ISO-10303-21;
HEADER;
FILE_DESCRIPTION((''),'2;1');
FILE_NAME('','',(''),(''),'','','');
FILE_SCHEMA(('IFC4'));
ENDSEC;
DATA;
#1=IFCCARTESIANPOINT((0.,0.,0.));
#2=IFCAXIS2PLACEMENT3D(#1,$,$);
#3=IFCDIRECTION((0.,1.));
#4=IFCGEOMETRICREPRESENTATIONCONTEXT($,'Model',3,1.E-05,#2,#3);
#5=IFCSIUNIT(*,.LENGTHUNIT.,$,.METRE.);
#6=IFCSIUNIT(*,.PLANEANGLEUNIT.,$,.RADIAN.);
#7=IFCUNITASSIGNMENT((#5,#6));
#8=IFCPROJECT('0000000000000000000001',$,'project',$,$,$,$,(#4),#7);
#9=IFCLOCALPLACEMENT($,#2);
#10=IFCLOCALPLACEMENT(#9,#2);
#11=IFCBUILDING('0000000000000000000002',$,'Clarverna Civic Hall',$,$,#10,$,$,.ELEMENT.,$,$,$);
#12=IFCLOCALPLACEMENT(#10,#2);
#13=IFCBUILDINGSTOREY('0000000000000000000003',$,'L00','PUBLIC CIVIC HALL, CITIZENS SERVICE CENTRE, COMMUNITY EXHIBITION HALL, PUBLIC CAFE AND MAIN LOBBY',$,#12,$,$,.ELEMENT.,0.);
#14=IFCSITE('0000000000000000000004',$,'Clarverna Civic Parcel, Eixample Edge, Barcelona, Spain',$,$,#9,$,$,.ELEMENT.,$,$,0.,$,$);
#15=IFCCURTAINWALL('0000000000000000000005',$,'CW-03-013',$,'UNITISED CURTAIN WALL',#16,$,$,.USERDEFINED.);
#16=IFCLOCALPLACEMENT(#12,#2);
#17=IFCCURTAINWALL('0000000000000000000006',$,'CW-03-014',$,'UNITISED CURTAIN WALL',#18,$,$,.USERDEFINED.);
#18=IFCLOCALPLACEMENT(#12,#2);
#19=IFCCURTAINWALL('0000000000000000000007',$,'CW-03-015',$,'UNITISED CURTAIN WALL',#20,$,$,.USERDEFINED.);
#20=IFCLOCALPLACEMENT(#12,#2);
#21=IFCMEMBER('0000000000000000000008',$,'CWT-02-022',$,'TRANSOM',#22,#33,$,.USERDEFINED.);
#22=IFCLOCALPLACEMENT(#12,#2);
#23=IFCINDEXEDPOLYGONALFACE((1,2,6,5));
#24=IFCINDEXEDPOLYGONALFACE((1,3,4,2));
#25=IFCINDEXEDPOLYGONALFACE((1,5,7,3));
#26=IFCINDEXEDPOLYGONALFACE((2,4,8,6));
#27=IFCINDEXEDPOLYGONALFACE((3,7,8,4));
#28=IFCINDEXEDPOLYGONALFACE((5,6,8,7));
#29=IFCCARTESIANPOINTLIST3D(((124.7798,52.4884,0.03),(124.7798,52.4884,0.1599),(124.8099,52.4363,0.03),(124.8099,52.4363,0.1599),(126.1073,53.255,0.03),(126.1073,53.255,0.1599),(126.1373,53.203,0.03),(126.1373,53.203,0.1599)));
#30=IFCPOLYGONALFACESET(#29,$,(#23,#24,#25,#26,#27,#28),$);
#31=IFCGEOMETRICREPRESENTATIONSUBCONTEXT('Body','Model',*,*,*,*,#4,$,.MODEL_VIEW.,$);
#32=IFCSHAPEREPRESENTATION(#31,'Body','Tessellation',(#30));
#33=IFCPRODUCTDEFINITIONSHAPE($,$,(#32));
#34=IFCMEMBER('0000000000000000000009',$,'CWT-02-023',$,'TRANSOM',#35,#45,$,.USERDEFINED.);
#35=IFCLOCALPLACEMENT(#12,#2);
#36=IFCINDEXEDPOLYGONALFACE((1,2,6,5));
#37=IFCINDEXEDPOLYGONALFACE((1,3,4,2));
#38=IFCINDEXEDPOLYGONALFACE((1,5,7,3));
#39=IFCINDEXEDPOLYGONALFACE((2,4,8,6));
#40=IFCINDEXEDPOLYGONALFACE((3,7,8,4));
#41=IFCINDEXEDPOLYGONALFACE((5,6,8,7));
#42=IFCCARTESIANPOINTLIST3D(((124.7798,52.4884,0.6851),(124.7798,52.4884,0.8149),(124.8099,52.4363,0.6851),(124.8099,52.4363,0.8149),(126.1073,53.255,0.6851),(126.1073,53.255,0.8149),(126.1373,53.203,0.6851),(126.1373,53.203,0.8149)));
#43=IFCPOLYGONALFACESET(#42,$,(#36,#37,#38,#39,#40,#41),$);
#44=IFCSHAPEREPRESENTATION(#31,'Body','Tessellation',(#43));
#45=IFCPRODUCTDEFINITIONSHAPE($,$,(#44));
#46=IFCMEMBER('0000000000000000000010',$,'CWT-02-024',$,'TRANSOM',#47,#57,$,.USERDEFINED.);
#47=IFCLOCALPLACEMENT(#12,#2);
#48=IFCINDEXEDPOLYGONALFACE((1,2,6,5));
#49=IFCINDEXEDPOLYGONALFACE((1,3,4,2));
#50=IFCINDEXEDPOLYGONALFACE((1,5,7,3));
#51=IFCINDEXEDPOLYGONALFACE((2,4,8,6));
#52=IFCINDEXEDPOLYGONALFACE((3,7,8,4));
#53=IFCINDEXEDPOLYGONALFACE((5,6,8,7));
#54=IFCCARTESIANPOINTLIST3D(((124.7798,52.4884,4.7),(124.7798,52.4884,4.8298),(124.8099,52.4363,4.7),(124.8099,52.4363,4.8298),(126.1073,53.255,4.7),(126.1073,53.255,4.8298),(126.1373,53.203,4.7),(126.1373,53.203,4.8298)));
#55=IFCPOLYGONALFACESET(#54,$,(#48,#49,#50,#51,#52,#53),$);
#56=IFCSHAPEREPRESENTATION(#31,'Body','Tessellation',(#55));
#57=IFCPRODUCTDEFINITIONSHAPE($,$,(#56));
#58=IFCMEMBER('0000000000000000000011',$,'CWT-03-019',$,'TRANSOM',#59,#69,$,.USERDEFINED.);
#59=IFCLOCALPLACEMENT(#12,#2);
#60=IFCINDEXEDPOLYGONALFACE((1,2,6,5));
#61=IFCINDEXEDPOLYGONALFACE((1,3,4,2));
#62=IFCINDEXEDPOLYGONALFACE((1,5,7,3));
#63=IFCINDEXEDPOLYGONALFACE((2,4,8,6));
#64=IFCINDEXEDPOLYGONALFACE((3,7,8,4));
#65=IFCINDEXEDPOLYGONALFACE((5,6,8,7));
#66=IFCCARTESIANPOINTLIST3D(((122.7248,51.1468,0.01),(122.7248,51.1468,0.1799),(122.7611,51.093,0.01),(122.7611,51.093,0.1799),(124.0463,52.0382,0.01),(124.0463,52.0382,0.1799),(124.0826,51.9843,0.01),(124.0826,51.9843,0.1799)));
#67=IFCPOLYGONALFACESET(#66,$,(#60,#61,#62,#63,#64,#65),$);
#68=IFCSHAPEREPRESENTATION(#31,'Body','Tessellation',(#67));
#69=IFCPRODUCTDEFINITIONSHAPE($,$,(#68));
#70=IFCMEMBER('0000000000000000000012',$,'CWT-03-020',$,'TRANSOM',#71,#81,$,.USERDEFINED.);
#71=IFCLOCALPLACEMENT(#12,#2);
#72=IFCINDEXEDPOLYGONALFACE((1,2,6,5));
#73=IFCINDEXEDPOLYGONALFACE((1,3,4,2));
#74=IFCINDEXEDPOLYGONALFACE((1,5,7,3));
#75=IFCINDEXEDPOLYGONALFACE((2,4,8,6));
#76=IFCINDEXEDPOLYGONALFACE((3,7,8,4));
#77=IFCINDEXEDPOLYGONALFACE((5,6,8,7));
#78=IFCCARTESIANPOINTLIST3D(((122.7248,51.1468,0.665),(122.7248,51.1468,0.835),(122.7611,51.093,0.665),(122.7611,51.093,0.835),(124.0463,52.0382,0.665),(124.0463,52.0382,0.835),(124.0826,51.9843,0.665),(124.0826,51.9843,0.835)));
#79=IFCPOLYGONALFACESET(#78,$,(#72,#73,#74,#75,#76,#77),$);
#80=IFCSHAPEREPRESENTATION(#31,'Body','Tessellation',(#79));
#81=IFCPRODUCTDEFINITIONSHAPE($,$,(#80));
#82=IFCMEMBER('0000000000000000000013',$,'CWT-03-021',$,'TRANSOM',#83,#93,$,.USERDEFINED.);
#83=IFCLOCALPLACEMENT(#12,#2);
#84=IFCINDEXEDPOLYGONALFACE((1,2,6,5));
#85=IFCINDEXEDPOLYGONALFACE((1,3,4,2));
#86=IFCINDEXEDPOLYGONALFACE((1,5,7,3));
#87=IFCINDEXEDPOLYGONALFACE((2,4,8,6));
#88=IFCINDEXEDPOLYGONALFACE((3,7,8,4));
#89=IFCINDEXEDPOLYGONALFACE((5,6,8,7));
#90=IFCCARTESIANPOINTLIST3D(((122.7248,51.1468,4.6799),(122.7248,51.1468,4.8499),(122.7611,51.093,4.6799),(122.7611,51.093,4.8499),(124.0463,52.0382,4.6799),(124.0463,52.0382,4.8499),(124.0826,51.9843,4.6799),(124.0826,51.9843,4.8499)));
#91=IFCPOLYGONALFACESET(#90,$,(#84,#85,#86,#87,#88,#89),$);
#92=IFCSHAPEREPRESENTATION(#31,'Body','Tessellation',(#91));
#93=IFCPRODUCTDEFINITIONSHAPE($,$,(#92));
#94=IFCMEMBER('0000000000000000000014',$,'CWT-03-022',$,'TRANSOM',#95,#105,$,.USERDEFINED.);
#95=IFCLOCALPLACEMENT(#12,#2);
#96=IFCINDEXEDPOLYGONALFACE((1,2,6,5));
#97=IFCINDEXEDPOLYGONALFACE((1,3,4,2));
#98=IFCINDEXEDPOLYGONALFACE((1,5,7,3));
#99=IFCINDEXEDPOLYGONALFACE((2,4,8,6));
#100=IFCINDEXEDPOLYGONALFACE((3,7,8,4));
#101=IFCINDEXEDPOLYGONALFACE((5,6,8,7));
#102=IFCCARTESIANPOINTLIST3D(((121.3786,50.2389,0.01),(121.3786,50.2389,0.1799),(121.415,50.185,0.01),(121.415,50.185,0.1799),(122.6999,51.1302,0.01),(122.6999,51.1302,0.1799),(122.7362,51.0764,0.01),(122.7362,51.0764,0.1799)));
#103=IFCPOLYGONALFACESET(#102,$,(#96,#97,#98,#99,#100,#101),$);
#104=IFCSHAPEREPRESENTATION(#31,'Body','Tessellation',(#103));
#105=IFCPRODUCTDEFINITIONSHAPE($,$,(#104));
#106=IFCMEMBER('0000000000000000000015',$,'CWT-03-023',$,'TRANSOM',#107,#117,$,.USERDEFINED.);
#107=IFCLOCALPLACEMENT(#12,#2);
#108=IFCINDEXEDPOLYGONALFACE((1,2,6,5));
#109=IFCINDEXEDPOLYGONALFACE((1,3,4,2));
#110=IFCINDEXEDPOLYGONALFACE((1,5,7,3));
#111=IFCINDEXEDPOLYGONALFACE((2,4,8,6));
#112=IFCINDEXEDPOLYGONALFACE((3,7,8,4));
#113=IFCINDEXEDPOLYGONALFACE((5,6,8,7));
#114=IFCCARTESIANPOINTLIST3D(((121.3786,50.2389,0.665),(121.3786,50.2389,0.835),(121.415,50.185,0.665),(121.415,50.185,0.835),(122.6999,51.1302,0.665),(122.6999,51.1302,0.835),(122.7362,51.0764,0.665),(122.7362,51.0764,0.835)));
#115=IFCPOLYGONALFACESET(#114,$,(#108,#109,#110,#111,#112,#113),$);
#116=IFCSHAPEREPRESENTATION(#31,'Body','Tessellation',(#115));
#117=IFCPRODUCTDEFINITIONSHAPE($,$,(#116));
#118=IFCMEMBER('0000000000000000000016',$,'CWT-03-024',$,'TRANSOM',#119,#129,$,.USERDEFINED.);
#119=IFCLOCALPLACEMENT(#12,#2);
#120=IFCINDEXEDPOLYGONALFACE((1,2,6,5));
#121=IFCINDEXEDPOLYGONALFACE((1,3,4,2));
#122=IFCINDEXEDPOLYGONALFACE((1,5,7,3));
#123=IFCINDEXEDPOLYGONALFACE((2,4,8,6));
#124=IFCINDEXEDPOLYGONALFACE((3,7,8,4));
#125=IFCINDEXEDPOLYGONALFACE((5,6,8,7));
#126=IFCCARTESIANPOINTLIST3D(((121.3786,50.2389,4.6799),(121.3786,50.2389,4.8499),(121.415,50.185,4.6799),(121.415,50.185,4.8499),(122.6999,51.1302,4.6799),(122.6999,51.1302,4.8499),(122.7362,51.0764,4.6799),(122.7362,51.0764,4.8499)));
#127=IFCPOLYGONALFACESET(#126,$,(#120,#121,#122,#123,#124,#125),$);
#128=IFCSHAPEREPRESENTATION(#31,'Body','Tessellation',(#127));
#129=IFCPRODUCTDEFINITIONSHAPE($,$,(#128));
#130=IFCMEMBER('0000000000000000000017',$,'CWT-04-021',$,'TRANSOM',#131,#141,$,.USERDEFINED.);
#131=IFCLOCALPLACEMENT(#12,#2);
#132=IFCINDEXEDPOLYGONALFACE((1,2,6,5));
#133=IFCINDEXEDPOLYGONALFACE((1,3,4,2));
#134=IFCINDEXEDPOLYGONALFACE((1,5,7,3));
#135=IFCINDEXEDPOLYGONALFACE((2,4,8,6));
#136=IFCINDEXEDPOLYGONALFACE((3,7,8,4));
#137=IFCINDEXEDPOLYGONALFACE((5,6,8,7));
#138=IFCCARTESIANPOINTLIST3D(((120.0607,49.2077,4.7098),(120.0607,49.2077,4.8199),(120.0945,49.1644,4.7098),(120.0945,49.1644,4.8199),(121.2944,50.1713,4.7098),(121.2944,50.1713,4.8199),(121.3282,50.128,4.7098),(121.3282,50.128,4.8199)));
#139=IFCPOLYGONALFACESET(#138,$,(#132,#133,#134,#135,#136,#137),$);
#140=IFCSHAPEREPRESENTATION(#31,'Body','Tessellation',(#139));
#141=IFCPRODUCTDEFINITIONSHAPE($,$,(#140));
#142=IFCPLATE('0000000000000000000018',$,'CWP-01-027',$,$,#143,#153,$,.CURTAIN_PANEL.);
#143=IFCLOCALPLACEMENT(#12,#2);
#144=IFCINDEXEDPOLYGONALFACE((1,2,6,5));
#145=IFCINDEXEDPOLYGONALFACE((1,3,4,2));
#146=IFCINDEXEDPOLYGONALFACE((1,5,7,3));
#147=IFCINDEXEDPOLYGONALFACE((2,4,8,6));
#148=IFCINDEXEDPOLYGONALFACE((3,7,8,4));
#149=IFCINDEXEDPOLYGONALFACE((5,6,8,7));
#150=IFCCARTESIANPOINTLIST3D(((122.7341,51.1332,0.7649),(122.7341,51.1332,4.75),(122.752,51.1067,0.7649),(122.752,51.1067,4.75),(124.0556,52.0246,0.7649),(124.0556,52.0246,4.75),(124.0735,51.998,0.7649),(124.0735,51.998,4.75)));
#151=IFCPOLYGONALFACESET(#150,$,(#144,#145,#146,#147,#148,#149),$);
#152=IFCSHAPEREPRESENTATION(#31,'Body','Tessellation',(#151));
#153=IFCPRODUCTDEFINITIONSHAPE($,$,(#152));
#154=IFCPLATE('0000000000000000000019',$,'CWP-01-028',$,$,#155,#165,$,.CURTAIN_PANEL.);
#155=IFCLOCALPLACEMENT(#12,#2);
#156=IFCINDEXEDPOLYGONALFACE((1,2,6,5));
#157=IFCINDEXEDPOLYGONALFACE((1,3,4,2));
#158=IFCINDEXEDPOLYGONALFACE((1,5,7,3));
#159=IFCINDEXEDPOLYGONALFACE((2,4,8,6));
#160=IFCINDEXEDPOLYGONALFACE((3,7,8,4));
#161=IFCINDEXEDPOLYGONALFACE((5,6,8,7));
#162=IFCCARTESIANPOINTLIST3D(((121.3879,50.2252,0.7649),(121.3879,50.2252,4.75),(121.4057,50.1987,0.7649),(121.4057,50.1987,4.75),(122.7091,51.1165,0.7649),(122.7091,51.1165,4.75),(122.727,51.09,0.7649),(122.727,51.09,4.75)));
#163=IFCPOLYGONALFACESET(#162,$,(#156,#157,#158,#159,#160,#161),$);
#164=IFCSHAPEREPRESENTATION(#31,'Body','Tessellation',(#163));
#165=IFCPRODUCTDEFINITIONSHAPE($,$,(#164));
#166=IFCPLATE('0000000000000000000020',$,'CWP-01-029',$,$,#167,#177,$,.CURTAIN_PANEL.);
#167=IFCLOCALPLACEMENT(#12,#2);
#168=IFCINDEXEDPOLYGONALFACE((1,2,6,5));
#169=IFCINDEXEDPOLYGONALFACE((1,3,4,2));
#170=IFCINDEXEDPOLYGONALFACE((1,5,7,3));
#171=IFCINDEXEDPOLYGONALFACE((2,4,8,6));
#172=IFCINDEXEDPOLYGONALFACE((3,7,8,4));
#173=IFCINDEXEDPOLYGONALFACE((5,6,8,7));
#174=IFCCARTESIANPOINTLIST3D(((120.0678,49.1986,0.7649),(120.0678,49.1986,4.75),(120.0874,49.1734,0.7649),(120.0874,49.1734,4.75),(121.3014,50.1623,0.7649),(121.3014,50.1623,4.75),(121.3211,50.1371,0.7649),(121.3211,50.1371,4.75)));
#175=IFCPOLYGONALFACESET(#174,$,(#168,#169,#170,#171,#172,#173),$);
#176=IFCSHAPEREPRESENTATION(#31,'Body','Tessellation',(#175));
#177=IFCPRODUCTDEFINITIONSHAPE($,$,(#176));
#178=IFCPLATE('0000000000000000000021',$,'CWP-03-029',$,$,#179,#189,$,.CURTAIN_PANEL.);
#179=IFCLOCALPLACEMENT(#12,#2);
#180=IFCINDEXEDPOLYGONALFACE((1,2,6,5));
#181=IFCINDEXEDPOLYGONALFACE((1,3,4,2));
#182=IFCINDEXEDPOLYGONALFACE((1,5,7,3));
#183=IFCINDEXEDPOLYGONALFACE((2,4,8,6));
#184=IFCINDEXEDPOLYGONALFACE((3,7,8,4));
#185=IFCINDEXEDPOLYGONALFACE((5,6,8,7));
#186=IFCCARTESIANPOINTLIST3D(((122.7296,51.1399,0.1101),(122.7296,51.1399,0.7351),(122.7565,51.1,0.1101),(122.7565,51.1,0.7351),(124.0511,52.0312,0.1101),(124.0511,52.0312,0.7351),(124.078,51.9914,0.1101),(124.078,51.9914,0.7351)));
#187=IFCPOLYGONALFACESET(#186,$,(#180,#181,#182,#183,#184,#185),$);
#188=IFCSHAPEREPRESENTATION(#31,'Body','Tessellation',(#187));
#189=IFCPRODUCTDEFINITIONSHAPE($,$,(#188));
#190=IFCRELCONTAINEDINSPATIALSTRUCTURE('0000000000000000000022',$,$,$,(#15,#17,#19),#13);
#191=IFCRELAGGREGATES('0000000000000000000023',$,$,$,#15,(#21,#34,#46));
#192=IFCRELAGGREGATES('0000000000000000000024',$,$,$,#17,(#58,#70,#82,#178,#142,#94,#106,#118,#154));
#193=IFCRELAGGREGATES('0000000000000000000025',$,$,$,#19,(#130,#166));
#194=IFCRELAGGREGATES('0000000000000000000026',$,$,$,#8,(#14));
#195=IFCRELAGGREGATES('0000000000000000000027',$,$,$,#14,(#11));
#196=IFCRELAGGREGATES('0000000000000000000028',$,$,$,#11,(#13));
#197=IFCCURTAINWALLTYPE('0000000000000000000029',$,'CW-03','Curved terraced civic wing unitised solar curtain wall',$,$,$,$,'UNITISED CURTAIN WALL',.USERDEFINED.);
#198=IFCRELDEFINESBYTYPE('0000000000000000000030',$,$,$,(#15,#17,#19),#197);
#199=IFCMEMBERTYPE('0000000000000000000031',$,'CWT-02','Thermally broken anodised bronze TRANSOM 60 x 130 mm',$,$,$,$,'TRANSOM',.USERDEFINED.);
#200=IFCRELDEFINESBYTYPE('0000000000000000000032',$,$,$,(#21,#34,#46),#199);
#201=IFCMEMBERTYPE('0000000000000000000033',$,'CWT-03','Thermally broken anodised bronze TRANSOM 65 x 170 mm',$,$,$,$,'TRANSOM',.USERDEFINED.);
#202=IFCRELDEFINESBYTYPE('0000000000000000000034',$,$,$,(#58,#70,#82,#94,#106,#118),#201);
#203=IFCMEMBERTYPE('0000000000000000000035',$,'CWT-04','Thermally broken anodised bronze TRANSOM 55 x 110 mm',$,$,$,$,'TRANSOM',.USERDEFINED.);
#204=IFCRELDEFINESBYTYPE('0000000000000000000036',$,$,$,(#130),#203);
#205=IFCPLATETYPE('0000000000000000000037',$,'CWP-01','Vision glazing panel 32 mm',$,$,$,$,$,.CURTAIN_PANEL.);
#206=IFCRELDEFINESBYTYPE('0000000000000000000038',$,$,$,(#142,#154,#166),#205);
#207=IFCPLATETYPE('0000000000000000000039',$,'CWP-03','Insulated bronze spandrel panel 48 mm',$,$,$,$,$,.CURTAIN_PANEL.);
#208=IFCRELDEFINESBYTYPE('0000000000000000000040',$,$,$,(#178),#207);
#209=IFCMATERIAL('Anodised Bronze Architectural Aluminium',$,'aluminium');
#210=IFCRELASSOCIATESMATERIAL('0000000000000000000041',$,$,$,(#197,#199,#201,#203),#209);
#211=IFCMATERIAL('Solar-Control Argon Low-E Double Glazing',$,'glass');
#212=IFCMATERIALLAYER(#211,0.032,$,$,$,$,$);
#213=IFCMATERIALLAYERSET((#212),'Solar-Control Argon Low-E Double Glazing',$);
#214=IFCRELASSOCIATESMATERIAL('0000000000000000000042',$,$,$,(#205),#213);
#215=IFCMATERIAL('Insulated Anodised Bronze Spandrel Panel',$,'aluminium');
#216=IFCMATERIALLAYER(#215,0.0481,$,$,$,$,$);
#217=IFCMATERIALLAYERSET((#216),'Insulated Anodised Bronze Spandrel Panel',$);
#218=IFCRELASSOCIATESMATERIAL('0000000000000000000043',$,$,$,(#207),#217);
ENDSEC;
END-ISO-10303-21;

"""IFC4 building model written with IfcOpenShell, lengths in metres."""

from ifc_helpers import new_model, si_unit, direction, frame, frame_2d, origin, origin_2d, place, context, subcontext, project, spatial, rectangle, extrude, material, layer, layer_set, material_profile, profile_set, type_object, element, aggregate, save


model = new_model("IFC4")

# Units and contexts
model_context = context("Model", 3, precision=1e-05, world=origin(), true_north=direction((0.0, 1.0)))
body_context = subcontext(model_context, "Body", "Model", "MODEL_VIEW")
ifc_project = project(units=[si_unit("LENGTHUNIT", "METRE"), si_unit("PLANEANGLEUNIT", "RADIAN")], contexts=[model_context])

# Site, building, storey
site_placement = place(None, origin())
site = spatial("IfcSite", under=ifc_project, at=site_placement, Name="Clarverna Civic Parcel, Eixample Edge, Barcelona, Spain", CompositionType="ELEMENT", RefElevation=0.0)
building_placement = place(site_placement, origin())
building = spatial("IfcBuilding", under=site, at=building_placement, Name="Clarverna Civic Hall", CompositionType="ELEMENT")
storey_placement = place(building_placement, origin())
storey = spatial("IfcBuildingStorey", under=building, at=storey_placement, Name="L00", Description="PUBLIC CIVIC HALL, CITIZENS SERVICE CENTRE, COMMUNITY EXHIBITION HALL, PUBLIC CAFE AND MAIN LOBBY", CompositionType="ELEMENT", Elevation=0.0)

# Curtain wall
ifc_material_1 = material(Name="Anodised Bronze Architectural Aluminium", Category="aluminium")
curtain_wall_type = type_object("IfcCurtainWallType", Name="CW-03", Description="Curved terraced civic wing unitised solar curtain wall", ElementType="UNITISED CURTAIN WALL", PredefinedType="USERDEFINED", material=ifc_material_1)
curtain_wall_1_placement = place(storey_placement, origin())
curtain_wall_1 = element("IfcCurtainWall", 1, at=curtain_wall_1_placement, inside=storey, type_object=curtain_wall_type, Name="CW-03-013", ObjectType="UNITISED CURTAIN WALL", PredefinedType="USERDEFINED")

# Curtain wall
curtain_wall_2_placement = place(storey_placement, origin())
curtain_wall_2 = element("IfcCurtainWall", 2, at=curtain_wall_2_placement, inside=storey, type_object=curtain_wall_type, Name="CW-03-014", ObjectType="UNITISED CURTAIN WALL", PredefinedType="USERDEFINED")

# Curtain wall
curtain_wall_3_placement = place(storey_placement, origin())
curtain_wall_3 = element("IfcCurtainWall", 3, at=curtain_wall_3_placement, inside=storey, type_object=curtain_wall_type, Name="CW-03-015", ObjectType="UNITISED CURTAIN WALL", PredefinedType="USERDEFINED")

# Members
ifc_material_profile_1 = material_profile(ifc_material_1, rectangle(XDim=0.0601, YDim=0.1299, at=origin_2d()), Name="BRONZE 60x130")
ifc_profile_set_1 = profile_set([ifc_material_profile_1], Name="Anodised Bronze Architectural Aluminium")
member_type_1 = type_object("IfcMemberType", Name="CWT-02", Description="Thermally broken anodised bronze TRANSOM 60 x 130 mm", ElementType="TRANSOM", PredefinedType="USERDEFINED", material=ifc_profile_set_1)
member_1_placement = place(storey_placement, frame((126.1223, 53.229, 0.095), z_axis=(-0.86596, -0.500113, 0.0), x_axis=(0.500113, -0.86596, 0.0)))
member_1 = element("IfcMember", 4, at=member_1_placement, type_object=member_type_1, Name="CWT-02-022", ObjectType="TRANSOM", PredefinedType="USERDEFINED", context=body_context, shape_type="SweptSolid", body=[
    extrude(rectangle(XDim=0.0601, YDim=0.1299, at=origin_2d()), origin(), (0.0, 0.0, 1.0), 1.533),
])
member_2_placement = place(storey_placement, frame((126.1223, 53.229, 0.75), z_axis=(-0.86596, -0.500113, 0.0), x_axis=(0.500113, -0.86596, 0.0)))
member_2 = element("IfcMember", 5, at=member_2_placement, type_object=member_type_1, Name="CWT-02-023", ObjectType="TRANSOM", PredefinedType="USERDEFINED", context=body_context, shape_type="SweptSolid", body=[
    extrude(rectangle(XDim=0.0601, YDim=0.1299, at=origin_2d()), origin(), (0.0, 0.0, 1.0), 1.533),
])
member_3_placement = place(storey_placement, frame((126.1223, 53.229, 4.7649), z_axis=(-0.86596, -0.500113, 0.0), x_axis=(0.500113, -0.86596, 0.0)))
member_3 = element("IfcMember", 6, at=member_3_placement, type_object=member_type_1, Name="CWT-02-024", ObjectType="TRANSOM", PredefinedType="USERDEFINED", context=body_context, shape_type="SweptSolid", body=[
    extrude(rectangle(XDim=0.0601, YDim=0.1299, at=origin_2d()), origin(), (0.0, 0.0, 1.0), 1.533),
])
aggregate(curtain_wall_1, [member_1, member_2, member_3])
ifc_material_profile_2 = material_profile(ifc_material_1, rectangle(XDim=0.0649, YDim=0.1699, at=origin_2d()), Name="BRONZE 65x170")
ifc_profile_set_2 = profile_set([ifc_material_profile_2], Name="Anodised Bronze Architectural Aluminium")
member_type_2 = type_object("IfcMemberType", Name="CWT-03", Description="Thermally broken anodised bronze TRANSOM 65 x 170 mm", ElementType="TRANSOM", PredefinedType="USERDEFINED", material=ifc_profile_set_2)
member_4_placement = place(storey_placement, frame((124.0645, 52.0112, 0.095), z_axis=(-0.829046, -0.559181, 0.0), x_axis=(0.559181, -0.829046, 0.0)))
member_4 = element("IfcMember", 7, at=member_4_placement, type_object=member_type_2, Name="CWT-03-019", ObjectType="TRANSOM", PredefinedType="USERDEFINED", context=body_context, shape_type="SweptSolid", body=[
    extrude(rectangle(XDim=0.0649, YDim=0.1699, at=origin_2d()), origin(), (0.0, 0.0, 1.0), 1.594),
])
member_5_placement = place(storey_placement, frame((124.0645, 52.0112, 0.75), z_axis=(-0.829046, -0.559181, 0.0), x_axis=(0.559181, -0.829046, 0.0)))
member_5 = element("IfcMember", 8, at=member_5_placement, type_object=member_type_2, Name="CWT-03-020", ObjectType="TRANSOM", PredefinedType="USERDEFINED", context=body_context, shape_type="SweptSolid", body=[
    extrude(rectangle(XDim=0.0649, YDim=0.1699, at=origin_2d()), origin(), (0.0, 0.0, 1.0), 1.594),
])
member_6_placement = place(storey_placement, frame((124.0645, 52.0112, 4.7649), z_axis=(-0.829046, -0.559181, 0.0), x_axis=(0.559181, -0.829046, 0.0)))
member_6 = element("IfcMember", 9, at=member_6_placement, type_object=member_type_2, Name="CWT-03-021", ObjectType="TRANSOM", PredefinedType="USERDEFINED", context=body_context, shape_type="SweptSolid", body=[
    extrude(rectangle(XDim=0.0649, YDim=0.1699, at=origin_2d()), origin(), (0.0, 0.0, 1.0), 1.594),
])
member_7_placement = place(storey_placement, frame((122.718, 51.1033, 0.095), z_axis=(-0.828998, -0.559252, 0.0), x_axis=(0.559252, -0.828998, 0.0)))
member_7 = element("IfcMember", 10, at=member_7_placement, type_object=member_type_2, Name="CWT-03-022", ObjectType="TRANSOM", PredefinedType="USERDEFINED", context=body_context, shape_type="SweptSolid", body=[
    extrude(rectangle(XDim=0.0649, YDim=0.1699, at=origin_2d()), origin(), (0.0, 0.0, 1.0), 1.5938),
])
member_8_placement = place(storey_placement, frame((122.718, 51.1033, 0.75), z_axis=(-0.828998, -0.559252, 0.0), x_axis=(0.559252, -0.828998, 0.0)))
member_8 = element("IfcMember", 11, at=member_8_placement, type_object=member_type_2, Name="CWT-03-023", ObjectType="TRANSOM", PredefinedType="USERDEFINED", context=body_context, shape_type="SweptSolid", body=[
    extrude(rectangle(XDim=0.0649, YDim=0.1699, at=origin_2d()), origin(), (0.0, 0.0, 1.0), 1.5938),
])
member_9_placement = place(storey_placement, frame((122.718, 51.1033, 4.7649), z_axis=(-0.828998, -0.559252, 0.0), x_axis=(0.559252, -0.828998, 0.0)))
member_9 = element("IfcMember", 12, at=member_9_placement, type_object=member_type_2, Name="CWT-03-024", ObjectType="TRANSOM", PredefinedType="USERDEFINED", context=body_context, shape_type="SweptSolid", body=[
    extrude(rectangle(XDim=0.0649, YDim=0.1699, at=origin_2d()), origin(), (0.0, 0.0, 1.0), 1.5938),
])
ifc_material_profile_3 = material_profile(ifc_material_1, rectangle(XDim=0.0549, YDim=0.1101, at=origin_2d()), Name="BRONZE 55x110")
ifc_profile_set_3 = profile_set([ifc_material_profile_3], Name="Anodised Bronze Architectural Aluminium")
member_type_3 = type_object("IfcMemberType", Name="CWT-04", Description="Thermally broken anodised bronze TRANSOM 55 x 110 mm", ElementType="TRANSOM", PredefinedType="USERDEFINED", material=ifc_profile_set_3)
member_10_placement = place(storey_placement, frame((121.3113, 50.1497, 4.7649), z_axis=(-0.788074, -0.61558, 0.0), x_axis=(0.61558, -0.788074, 0.0)))
member_10 = element("IfcMember", 13, at=member_10_placement, type_object=member_type_3, Name="CWT-04-021", ObjectType="TRANSOM", PredefinedType="USERDEFINED", context=body_context, shape_type="SweptSolid", body=[
    extrude(rectangle(XDim=0.0549, YDim=0.1101, at=origin_2d()), origin(), (0.0, 0.0, 1.0), 1.5654),
])

# Plates
ifc_material_2 = material(Name="Solar-Control Argon Low-E Double Glazing", Category="glass")
ifc_layer_1 = layer(ifc_material_2, 0.032)
ifc_layer_set_1 = layer_set([ifc_layer_1], Name="Solar-Control Argon Low-E Double Glazing")
plate_type_1 = type_object("IfcPlateType", Name="CWP-01", Description="Vision glazing panel 32 mm", PredefinedType="CURTAIN_PANEL", material=ifc_layer_set_1)
plate_1_placement = place(storey_placement, frame((124.0645, 52.0112, 0.7649), z_axis=(0.0, 0.0, 1.0), x_axis=(-0.829046, -0.559181, 0.0)))
plate_1 = element("IfcPlate", 14, at=plate_1_placement, type_object=plate_type_1, Name="CWP-01-027", PredefinedType="CURTAIN_PANEL", context=body_context, shape_type="SweptSolid", body=[
    extrude(rectangle(XDim=1.594, YDim=0.032, at=frame_2d((0.7969, 0.0))), origin(), (0.0, 0.0, 1.0), 3.9851),
])
plate_2_placement = place(storey_placement, frame((122.718, 51.1033, 0.7649), z_axis=(0.0, 0.0, 1.0), x_axis=(-0.828998, -0.559252, 0.0)))
plate_2 = element("IfcPlate", 15, at=plate_2_placement, type_object=plate_type_1, Name="CWP-01-028", PredefinedType="CURTAIN_PANEL", context=body_context, shape_type="SweptSolid", body=[
    extrude(rectangle(XDim=1.5938, YDim=0.032, at=frame_2d((0.7969, 0.0))), origin(), (0.0, 0.0, 1.0), 3.9851),
])
plate_3_placement = place(storey_placement, frame((121.3113, 50.1497, 0.7649), z_axis=(0.0, 0.0, 1.0), x_axis=(-0.788074, -0.61558, 0.0)))
plate_3 = element("IfcPlate", 16, at=plate_3_placement, type_object=plate_type_1, Name="CWP-01-029", PredefinedType="CURTAIN_PANEL", context=body_context, shape_type="SweptSolid", body=[
    extrude(rectangle(XDim=1.5654, YDim=0.032, at=frame_2d((0.7827, 0.0))), origin(), (0.0, 0.0, 1.0), 3.9851),
])
ifc_material_3 = material(Name="Insulated Anodised Bronze Spandrel Panel", Category="aluminium")
ifc_layer_2 = layer(ifc_material_3, 0.0481)
ifc_layer_set_2 = layer_set([ifc_layer_2], Name="Insulated Anodised Bronze Spandrel Panel")
plate_type_2 = type_object("IfcPlateType", Name="CWP-03", Description="Insulated bronze spandrel panel 48 mm", PredefinedType="CURTAIN_PANEL", material=ifc_layer_set_2)
plate_4_placement = place(storey_placement, frame((124.0645, 52.0112, 0.1101), z_axis=(0.0, 0.0, 1.0), x_axis=(-0.829046, -0.559181, 0.0)))
plate_4 = element("IfcPlate", 17, at=plate_4_placement, type_object=plate_type_2, Name="CWP-03-029", PredefinedType="CURTAIN_PANEL", context=body_context, shape_type="SweptSolid", body=[
    extrude(rectangle(XDim=1.594, YDim=0.0481, at=frame_2d((0.7969, 0.0))), origin(), (0.0, 0.0, 1.0), 0.625),
])
aggregate(curtain_wall_2, [member_4, member_5, member_6, plate_4, plate_1, member_7, member_8, member_9, plate_2])
aggregate(curtain_wall_3, [member_10, plate_3])

save(model, "model.ifc")
